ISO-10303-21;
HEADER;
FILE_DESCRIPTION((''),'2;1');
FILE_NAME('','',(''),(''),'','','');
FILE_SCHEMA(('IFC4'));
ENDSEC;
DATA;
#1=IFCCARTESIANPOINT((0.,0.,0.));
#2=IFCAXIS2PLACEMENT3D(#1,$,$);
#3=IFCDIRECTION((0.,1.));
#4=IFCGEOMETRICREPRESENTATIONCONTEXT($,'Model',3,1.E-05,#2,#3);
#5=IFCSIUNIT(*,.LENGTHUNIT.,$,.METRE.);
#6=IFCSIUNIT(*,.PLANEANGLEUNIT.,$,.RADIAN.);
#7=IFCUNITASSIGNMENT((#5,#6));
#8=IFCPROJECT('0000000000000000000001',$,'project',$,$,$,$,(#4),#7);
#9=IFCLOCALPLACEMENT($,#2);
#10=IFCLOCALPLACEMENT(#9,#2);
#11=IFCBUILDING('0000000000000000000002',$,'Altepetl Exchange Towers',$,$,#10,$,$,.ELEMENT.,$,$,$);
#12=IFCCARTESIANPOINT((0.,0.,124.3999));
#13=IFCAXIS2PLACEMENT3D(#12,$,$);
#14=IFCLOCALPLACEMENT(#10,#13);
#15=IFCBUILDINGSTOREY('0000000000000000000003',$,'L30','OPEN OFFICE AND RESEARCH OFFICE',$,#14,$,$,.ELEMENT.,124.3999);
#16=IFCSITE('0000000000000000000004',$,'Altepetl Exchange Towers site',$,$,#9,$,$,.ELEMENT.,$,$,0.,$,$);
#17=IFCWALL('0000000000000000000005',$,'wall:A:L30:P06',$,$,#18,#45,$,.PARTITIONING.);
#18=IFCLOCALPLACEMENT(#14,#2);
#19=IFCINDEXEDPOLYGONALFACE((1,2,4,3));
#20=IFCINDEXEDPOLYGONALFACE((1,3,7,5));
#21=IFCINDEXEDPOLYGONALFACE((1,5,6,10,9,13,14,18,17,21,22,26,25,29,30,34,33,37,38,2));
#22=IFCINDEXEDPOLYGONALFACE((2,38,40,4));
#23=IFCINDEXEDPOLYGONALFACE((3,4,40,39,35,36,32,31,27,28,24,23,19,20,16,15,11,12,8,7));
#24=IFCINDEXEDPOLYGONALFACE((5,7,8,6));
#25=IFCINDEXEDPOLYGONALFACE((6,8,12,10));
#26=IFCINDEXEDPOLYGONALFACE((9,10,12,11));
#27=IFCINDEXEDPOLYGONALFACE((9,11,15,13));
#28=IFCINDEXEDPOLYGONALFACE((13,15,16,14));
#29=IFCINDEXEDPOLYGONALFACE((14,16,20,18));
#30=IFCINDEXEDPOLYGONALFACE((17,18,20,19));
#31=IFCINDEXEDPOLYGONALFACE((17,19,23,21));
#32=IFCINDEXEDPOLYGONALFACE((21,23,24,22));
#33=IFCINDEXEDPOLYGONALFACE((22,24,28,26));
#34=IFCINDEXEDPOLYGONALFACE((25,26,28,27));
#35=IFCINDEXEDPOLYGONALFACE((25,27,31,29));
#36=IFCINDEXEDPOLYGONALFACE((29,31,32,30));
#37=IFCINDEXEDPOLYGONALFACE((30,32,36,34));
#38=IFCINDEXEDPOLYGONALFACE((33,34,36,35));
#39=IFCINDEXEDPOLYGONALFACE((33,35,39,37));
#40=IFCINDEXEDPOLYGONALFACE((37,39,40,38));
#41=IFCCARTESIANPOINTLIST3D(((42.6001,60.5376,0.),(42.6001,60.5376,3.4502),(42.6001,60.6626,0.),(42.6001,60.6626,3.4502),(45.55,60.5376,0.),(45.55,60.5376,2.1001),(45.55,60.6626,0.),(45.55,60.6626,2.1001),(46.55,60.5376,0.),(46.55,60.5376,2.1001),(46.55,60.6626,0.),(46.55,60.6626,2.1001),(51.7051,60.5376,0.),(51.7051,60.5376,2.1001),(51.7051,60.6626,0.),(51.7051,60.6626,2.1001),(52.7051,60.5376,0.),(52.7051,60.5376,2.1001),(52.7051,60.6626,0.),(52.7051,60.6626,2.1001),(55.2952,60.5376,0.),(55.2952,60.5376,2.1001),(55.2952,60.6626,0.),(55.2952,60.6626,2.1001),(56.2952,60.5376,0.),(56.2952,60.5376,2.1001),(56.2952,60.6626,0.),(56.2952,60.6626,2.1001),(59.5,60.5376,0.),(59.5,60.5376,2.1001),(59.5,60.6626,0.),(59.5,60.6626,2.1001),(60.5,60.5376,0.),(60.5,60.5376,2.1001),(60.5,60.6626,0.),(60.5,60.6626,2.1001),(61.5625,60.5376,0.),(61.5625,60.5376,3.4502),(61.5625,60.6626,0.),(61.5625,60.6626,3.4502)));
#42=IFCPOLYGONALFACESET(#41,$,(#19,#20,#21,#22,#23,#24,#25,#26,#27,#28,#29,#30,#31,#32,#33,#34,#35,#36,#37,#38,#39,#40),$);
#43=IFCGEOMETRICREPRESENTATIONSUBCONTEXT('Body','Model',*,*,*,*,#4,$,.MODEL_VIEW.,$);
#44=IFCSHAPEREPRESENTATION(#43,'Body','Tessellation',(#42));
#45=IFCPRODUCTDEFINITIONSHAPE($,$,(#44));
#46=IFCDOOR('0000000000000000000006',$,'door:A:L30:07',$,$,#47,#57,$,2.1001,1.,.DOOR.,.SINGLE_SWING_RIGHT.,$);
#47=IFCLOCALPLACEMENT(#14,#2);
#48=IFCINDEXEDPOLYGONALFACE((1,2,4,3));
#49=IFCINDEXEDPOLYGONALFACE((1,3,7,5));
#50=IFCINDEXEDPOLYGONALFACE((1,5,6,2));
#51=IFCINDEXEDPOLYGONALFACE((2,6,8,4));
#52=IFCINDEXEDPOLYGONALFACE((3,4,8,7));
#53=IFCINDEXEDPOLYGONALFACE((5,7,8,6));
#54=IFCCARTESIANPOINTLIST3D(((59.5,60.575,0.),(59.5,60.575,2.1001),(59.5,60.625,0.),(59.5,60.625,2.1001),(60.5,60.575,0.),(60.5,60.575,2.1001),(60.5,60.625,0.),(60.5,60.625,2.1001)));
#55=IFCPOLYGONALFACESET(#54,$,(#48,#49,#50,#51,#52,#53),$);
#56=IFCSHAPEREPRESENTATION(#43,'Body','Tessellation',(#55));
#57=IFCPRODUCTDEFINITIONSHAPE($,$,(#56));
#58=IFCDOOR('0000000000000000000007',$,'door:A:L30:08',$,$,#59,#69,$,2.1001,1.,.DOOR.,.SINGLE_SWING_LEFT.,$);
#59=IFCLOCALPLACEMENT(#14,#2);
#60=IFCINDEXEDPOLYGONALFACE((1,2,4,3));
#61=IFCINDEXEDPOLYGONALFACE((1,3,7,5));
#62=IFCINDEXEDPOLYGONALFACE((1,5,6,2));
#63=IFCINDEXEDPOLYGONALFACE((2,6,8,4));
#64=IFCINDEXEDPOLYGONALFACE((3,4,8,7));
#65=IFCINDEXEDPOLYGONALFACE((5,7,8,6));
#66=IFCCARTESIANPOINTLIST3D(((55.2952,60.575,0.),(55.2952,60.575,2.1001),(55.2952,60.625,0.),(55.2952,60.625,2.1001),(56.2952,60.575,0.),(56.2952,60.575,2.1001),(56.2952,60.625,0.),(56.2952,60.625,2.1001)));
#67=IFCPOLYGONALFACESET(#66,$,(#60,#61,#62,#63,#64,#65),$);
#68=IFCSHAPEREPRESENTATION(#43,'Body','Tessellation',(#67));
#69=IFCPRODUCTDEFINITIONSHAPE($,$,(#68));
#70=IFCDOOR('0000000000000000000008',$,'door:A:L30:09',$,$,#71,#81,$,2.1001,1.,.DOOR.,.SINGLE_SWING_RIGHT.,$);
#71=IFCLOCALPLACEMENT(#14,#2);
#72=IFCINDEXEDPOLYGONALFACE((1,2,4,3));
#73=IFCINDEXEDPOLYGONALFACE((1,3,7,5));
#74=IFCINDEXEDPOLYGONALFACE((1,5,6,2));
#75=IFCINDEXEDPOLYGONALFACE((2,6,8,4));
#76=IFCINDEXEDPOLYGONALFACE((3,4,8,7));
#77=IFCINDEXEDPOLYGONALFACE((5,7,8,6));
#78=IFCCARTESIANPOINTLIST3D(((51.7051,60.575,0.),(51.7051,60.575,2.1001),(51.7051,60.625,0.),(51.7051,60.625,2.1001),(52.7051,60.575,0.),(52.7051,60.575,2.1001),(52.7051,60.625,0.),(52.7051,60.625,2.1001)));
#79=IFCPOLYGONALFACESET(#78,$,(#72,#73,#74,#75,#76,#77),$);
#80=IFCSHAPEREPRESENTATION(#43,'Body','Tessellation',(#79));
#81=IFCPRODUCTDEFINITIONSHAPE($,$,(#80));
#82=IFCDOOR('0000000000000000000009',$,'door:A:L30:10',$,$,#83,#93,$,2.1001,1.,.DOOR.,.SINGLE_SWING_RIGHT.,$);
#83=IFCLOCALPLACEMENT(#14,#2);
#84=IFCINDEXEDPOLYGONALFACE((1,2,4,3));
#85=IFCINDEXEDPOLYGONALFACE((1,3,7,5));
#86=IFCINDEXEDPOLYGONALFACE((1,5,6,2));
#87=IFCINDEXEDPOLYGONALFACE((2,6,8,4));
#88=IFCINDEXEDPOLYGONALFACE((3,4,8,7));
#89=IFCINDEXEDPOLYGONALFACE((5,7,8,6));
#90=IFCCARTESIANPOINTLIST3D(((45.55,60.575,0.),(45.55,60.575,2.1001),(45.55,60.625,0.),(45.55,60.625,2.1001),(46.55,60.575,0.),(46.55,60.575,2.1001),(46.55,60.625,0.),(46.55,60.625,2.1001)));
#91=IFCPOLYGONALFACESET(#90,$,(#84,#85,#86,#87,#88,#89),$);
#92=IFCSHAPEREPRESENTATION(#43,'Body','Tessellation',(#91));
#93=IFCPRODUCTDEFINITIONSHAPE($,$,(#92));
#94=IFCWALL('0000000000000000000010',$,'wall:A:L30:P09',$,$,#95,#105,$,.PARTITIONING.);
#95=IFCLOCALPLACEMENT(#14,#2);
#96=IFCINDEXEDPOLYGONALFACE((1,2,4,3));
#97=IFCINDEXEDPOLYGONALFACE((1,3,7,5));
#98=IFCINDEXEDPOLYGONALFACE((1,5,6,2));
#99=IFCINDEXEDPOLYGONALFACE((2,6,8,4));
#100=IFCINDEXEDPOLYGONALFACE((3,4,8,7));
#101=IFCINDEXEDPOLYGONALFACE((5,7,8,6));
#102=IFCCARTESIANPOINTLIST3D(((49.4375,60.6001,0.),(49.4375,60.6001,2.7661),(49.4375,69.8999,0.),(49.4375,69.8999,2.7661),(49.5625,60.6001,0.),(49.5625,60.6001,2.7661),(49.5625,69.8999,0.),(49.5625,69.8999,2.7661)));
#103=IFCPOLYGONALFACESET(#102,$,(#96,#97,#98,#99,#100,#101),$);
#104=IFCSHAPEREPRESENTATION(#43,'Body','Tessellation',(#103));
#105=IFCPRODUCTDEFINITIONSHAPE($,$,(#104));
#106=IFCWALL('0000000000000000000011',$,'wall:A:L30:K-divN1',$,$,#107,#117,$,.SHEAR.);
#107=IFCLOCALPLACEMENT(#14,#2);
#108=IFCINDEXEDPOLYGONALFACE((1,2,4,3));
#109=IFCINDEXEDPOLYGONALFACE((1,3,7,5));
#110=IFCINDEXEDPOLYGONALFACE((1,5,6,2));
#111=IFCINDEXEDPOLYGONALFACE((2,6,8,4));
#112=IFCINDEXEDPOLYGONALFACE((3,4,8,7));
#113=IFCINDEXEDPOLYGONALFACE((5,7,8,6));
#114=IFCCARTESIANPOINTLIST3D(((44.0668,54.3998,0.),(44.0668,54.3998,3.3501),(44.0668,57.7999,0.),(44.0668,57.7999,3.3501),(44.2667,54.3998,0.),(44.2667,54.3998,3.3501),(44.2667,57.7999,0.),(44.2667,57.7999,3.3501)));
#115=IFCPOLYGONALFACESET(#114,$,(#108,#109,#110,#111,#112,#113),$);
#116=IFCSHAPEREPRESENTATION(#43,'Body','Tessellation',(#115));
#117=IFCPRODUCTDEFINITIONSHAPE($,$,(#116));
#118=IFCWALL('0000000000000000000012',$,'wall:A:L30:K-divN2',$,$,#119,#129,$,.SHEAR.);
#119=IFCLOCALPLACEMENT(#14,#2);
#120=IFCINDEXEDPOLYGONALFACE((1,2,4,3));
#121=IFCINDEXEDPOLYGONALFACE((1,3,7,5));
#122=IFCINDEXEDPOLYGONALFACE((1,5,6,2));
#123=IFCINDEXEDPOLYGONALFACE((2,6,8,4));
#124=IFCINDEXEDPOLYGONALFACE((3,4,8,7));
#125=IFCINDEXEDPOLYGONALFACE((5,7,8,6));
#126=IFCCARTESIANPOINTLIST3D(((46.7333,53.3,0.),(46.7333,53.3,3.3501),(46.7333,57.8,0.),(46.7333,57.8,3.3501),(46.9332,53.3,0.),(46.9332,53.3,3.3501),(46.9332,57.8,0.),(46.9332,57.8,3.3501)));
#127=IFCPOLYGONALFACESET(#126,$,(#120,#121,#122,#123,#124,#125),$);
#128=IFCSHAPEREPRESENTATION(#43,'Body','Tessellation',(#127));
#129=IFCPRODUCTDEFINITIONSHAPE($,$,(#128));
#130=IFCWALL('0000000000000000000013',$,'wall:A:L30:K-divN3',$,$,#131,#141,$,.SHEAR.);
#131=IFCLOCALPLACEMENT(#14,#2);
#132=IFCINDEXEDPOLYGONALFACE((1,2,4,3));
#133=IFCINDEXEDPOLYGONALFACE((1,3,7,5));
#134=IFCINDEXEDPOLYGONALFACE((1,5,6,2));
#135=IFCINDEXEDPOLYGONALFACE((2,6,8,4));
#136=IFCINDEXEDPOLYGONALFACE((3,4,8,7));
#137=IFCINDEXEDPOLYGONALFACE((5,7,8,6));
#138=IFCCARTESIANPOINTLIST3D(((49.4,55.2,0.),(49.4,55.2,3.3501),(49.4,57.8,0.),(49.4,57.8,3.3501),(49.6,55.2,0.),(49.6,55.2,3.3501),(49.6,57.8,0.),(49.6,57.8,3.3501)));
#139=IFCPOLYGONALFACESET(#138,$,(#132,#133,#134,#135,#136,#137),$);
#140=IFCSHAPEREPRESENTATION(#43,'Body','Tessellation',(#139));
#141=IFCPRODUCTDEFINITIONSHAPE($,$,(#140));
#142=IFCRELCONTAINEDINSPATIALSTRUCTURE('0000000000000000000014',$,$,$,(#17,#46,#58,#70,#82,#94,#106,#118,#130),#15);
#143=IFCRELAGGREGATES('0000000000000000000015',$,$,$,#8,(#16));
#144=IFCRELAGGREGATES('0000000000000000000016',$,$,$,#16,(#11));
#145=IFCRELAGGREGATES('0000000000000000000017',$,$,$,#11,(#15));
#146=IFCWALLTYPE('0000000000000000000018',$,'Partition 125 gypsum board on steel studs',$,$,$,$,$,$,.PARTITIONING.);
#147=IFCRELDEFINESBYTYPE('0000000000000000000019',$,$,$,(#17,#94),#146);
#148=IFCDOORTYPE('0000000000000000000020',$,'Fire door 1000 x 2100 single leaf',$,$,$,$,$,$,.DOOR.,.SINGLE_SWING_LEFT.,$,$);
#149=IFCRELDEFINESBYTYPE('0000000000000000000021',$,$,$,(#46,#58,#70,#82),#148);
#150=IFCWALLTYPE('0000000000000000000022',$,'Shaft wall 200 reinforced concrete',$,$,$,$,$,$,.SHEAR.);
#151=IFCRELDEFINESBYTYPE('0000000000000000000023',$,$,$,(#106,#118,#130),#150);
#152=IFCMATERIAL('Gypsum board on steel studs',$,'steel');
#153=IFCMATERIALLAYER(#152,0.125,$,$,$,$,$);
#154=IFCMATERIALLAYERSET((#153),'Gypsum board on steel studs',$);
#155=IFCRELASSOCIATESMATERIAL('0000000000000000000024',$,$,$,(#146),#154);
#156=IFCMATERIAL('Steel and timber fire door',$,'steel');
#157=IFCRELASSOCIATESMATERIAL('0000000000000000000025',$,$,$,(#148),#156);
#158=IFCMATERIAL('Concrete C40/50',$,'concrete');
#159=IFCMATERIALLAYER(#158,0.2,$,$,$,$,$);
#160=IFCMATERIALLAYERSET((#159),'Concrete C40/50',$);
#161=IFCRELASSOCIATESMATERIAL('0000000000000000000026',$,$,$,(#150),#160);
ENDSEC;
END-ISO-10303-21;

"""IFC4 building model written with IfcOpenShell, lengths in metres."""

from ifc_helpers import new_model, si_unit, direction, frame, frame_2d, origin, place, context, subcontext, project, spatial, rectangle, extrude, material, layer, layer_set, type_object, element, fill, save


model = new_model("IFC4")

# Units and contexts
model_context = context("Model", 3, precision=1e-05, world=origin(), true_north=direction((0.0, 1.0)))
body_context = subcontext(model_context, "Body", "Model", "MODEL_VIEW")
ifc_project = project(units=[si_unit("LENGTHUNIT", "METRE"), si_unit("PLANEANGLEUNIT", "RADIAN")], contexts=[model_context])

# Site, building, storey
site_placement = place(None, origin())
site = spatial("IfcSite", under=ifc_project, at=site_placement, Name="Altepetl Exchange Towers site", CompositionType="ELEMENT", RefElevation=0.0)
building_placement = place(site_placement, origin())
building = spatial("IfcBuilding", under=site, at=building_placement, Name="Altepetl Exchange Towers", CompositionType="ELEMENT")
storey_placement = place(building_placement, frame((0.0, 0.0, 124.3999)))
storey = spatial("IfcBuildingStorey", under=building, at=storey_placement, Name="L30", Description="OPEN OFFICE AND RESEARCH OFFICE", CompositionType="ELEMENT", Elevation=124.3999)

# Wall, openings, doors
ifc_material_1 = material(Name="Gypsum board on steel studs", Category="steel")
ifc_layer_1 = layer(ifc_material_1, 0.125)
ifc_layer_set_1 = layer_set([ifc_layer_1], Name="Gypsum board on steel studs")
wall_type_1 = type_object("IfcWallType", Name="Partition 125 gypsum board on steel studs", PredefinedType="PARTITIONING", material=ifc_layer_set_1)
wall_1_placement = place(storey_placement, frame((42.6001, 60.6001, 0.0)))
wall_1 = element("IfcWall", 1, at=wall_1_placement, inside=storey, type_object=wall_type_1, Name="wall:A:L30:P06", PredefinedType="PARTITIONING", context=body_context, shape_type="SweptSolid", body=[
    extrude(rectangle(XDim=18.9624, YDim=0.125, at=frame_2d((9.4812, 0.0))), origin(), (0.0, 0.0, 1.0), 3.4502),
])
opening_1_placement = place(wall_1_placement, frame((16.8999, 0.0, 0.0)))
opening_1 = element("IfcOpeningElement", 2, at=opening_1_placement, cuts=wall_1, PredefinedType="OPENING", context=body_context, shape_type="SweptSolid", body=[
    extrude(rectangle(XDim=1.0, YDim=2.1001, at=frame_2d((0.5, 1.05))), frame((0.0, 0.0725, 0.0), z_axis=(0.0, -1.0, 0.0), x_axis=(1.0, 0.0, 0.0)), (0.0, 0.0, 1.0), 0.145),
])
opening_2_placement = place(wall_1_placement, frame((12.6951, 0.0, 0.0)))
opening_2 = element("IfcOpeningElement", 3, at=opening_2_placement, cuts=wall_1, PredefinedType="OPENING", context=body_context, shape_type="SweptSolid", body=[
    extrude(rectangle(XDim=1.0, YDim=2.1001, at=frame_2d((0.5, 1.05))), frame((0.0, 0.0725, 0.0), z_axis=(0.0, -1.0, 0.0), x_axis=(1.0, 0.0, 0.0)), (0.0, 0.0, 1.0), 0.145),
])
opening_3_placement = place(wall_1_placement, frame((9.105, 0.0, 0.0)))
opening_3 = element("IfcOpeningElement", 4, at=opening_3_placement, cuts=wall_1, PredefinedType="OPENING", context=body_context, shape_type="SweptSolid", body=[
    extrude(rectangle(XDim=1.0, YDim=2.1001, at=frame_2d((0.5, 1.05))), frame((0.0, 0.0725, 0.0), z_axis=(0.0, -1.0, 0.0), x_axis=(1.0, 0.0, 0.0)), (0.0, 0.0, 1.0), 0.145),
])
opening_4_placement = place(wall_1_placement, frame((2.95, 0.0, 0.0)))
opening_4 = element("IfcOpeningElement", 5, at=opening_4_placement, cuts=wall_1, PredefinedType="OPENING", context=body_context, shape_type="SweptSolid", body=[
    extrude(rectangle(XDim=1.0, YDim=2.1001, at=frame_2d((0.5, 1.05))), frame((0.0, 0.0725, 0.0), z_axis=(0.0, -1.0, 0.0), x_axis=(1.0, 0.0, 0.0)), (0.0, 0.0, 1.0), 0.145),
])
ifc_material_2 = material(Name="Steel and timber fire door", Category="steel")
door_type_1 = type_object("IfcDoorType", Name="Fire door 1000 x 2100 single leaf", OperationType="SINGLE_SWING_LEFT", PredefinedType="DOOR", material=ifc_material_2)
door_1_placement = place(opening_1_placement, origin())
door_1 = element("IfcDoor", 6, at=door_1_placement, inside=storey, type_object=door_type_1, Name="door:A:L30:07", OperationType="SINGLE_SWING_RIGHT", OverallHeight=2.1001, OverallWidth=1.0, PredefinedType="DOOR", context=body_context, shape_type="SweptSolid", body=[
    extrude(rectangle(XDim=1.0, YDim=2.1001, at=frame_2d((0.5, 1.05))), frame((0.0, 0.0249, 0.0), z_axis=(0.0, -1.0, 0.0), x_axis=(1.0, 0.0, 0.0)), (0.0, 0.0, 1.0), 0.05),
])
fill(opening_1, door_1)
door_2_placement = place(opening_2_placement, origin())
door_2 = element("IfcDoor", 7, at=door_2_placement, inside=storey, type_object=door_type_1, Name="door:A:L30:08", OperationType="SINGLE_SWING_LEFT", OverallHeight=2.1001, OverallWidth=1.0, PredefinedType="DOOR", context=body_context, shape_type="SweptSolid", body=[
    extrude(rectangle(XDim=1.0, YDim=2.1001, at=frame_2d((0.5, 1.05))), frame((0.0, 0.0249, 0.0), z_axis=(0.0, -1.0, 0.0), x_axis=(1.0, 0.0, 0.0)), (0.0, 0.0, 1.0), 0.05),
])
fill(opening_2, door_2)
door_3_placement = place(opening_3_placement, origin())
door_3 = element("IfcDoor", 8, at=door_3_placement, inside=storey, type_object=door_type_1, Name="door:A:L30:09", OperationType="SINGLE_SWING_RIGHT", OverallHeight=2.1001, OverallWidth=1.0, PredefinedType="DOOR", context=body_context, shape_type="SweptSolid", body=[
    extrude(rectangle(XDim=1.0, YDim=2.1001, at=frame_2d((0.5, 1.05))), frame((0.0, 0.0249, 0.0), z_axis=(0.0, -1.0, 0.0), x_axis=(1.0, 0.0, 0.0)), (0.0, 0.0, 1.0), 0.05),
])
fill(opening_3, door_3)
door_4_placement = place(opening_4_placement, origin())
door_4 = element("IfcDoor", 9, at=door_4_placement, inside=storey, type_object=door_type_1, Name="door:A:L30:10", OperationType="SINGLE_SWING_RIGHT", OverallHeight=2.1001, OverallWidth=1.0, PredefinedType="DOOR", context=body_context, shape_type="SweptSolid", body=[
    extrude(rectangle(XDim=1.0, YDim=2.1001, at=frame_2d((0.5, 1.05))), frame((0.0, 0.0249, 0.0), z_axis=(0.0, -1.0, 0.0), x_axis=(1.0, 0.0, 0.0)), (0.0, 0.0, 1.0), 0.05),
])
fill(opening_4, door_4)

# Walls
wall_2_placement = place(storey_placement, frame((49.5, 60.6001, 0.0), z_axis=(0.0, 0.0, 1.0), x_axis=(0.0, 1.0, 0.0)))
element("IfcWall", 10, at=wall_2_placement, inside=storey, type_object=wall_type_1, Name="wall:A:L30:P09", PredefinedType="PARTITIONING", context=body_context, shape_type="SweptSolid", body=[
    extrude(rectangle(XDim=9.2998, YDim=0.125, at=frame_2d((4.6499, 0.0))), origin(), (0.0, 0.0, 1.0), 2.7661),
])
ifc_material_3 = material(Name="Concrete C40/50", Category="concrete")
ifc_layer_2 = layer(ifc_material_3, 0.2)
ifc_layer_set_2 = layer_set([ifc_layer_2], Name="Concrete C40/50")
wall_type_2 = type_object("IfcWallType", Name="Shaft wall 200 reinforced concrete", PredefinedType="SHEAR", material=ifc_layer_set_2)
wall_3_placement = place(storey_placement, frame((44.1667, 57.8, 0.0), z_axis=(0.0, 0.0, 1.0), x_axis=(0.0, -1.0, 0.0)))
element("IfcWall", 11, at=wall_3_placement, inside=storey, type_object=wall_type_2, Name="wall:A:L30:K-divN1", PredefinedType="SHEAR", context=body_context, shape_type="SweptSolid", body=[
    extrude(rectangle(XDim=3.4001, YDim=0.2, at=frame_2d((1.7002, 0.0))), origin(), (0.0, 0.0, 1.0), 3.3501),
])
wall_4_placement = place(storey_placement, frame((46.8333, 57.8, 0.0), z_axis=(0.0, 0.0, 1.0), x_axis=(0.0, -1.0, 0.0)))
element("IfcWall", 12, at=wall_4_placement, inside=storey, type_object=wall_type_2, Name="wall:A:L30:K-divN2", PredefinedType="SHEAR", context=body_context, shape_type="SweptSolid", body=[
    extrude(rectangle(XDim=4.5, YDim=0.2, at=frame_2d((2.25, 0.0))), origin(), (0.0, 0.0, 1.0), 3.3501),
])
wall_5_placement = place(storey_placement, frame((49.5, 57.8, 0.0), z_axis=(0.0, 0.0, 1.0), x_axis=(0.0, -1.0, 0.0)))
element("IfcWall", 13, at=wall_5_placement, inside=storey, type_object=wall_type_2, Name="wall:A:L30:K-divN3", PredefinedType="SHEAR", context=body_context, shape_type="SweptSolid", body=[
    extrude(rectangle(XDim=2.6001, YDim=0.2, at=frame_2d((1.3, 0.0))), origin(), (0.0, 0.0, 1.0), 3.3501),
])

save(model, "model.ifc")
